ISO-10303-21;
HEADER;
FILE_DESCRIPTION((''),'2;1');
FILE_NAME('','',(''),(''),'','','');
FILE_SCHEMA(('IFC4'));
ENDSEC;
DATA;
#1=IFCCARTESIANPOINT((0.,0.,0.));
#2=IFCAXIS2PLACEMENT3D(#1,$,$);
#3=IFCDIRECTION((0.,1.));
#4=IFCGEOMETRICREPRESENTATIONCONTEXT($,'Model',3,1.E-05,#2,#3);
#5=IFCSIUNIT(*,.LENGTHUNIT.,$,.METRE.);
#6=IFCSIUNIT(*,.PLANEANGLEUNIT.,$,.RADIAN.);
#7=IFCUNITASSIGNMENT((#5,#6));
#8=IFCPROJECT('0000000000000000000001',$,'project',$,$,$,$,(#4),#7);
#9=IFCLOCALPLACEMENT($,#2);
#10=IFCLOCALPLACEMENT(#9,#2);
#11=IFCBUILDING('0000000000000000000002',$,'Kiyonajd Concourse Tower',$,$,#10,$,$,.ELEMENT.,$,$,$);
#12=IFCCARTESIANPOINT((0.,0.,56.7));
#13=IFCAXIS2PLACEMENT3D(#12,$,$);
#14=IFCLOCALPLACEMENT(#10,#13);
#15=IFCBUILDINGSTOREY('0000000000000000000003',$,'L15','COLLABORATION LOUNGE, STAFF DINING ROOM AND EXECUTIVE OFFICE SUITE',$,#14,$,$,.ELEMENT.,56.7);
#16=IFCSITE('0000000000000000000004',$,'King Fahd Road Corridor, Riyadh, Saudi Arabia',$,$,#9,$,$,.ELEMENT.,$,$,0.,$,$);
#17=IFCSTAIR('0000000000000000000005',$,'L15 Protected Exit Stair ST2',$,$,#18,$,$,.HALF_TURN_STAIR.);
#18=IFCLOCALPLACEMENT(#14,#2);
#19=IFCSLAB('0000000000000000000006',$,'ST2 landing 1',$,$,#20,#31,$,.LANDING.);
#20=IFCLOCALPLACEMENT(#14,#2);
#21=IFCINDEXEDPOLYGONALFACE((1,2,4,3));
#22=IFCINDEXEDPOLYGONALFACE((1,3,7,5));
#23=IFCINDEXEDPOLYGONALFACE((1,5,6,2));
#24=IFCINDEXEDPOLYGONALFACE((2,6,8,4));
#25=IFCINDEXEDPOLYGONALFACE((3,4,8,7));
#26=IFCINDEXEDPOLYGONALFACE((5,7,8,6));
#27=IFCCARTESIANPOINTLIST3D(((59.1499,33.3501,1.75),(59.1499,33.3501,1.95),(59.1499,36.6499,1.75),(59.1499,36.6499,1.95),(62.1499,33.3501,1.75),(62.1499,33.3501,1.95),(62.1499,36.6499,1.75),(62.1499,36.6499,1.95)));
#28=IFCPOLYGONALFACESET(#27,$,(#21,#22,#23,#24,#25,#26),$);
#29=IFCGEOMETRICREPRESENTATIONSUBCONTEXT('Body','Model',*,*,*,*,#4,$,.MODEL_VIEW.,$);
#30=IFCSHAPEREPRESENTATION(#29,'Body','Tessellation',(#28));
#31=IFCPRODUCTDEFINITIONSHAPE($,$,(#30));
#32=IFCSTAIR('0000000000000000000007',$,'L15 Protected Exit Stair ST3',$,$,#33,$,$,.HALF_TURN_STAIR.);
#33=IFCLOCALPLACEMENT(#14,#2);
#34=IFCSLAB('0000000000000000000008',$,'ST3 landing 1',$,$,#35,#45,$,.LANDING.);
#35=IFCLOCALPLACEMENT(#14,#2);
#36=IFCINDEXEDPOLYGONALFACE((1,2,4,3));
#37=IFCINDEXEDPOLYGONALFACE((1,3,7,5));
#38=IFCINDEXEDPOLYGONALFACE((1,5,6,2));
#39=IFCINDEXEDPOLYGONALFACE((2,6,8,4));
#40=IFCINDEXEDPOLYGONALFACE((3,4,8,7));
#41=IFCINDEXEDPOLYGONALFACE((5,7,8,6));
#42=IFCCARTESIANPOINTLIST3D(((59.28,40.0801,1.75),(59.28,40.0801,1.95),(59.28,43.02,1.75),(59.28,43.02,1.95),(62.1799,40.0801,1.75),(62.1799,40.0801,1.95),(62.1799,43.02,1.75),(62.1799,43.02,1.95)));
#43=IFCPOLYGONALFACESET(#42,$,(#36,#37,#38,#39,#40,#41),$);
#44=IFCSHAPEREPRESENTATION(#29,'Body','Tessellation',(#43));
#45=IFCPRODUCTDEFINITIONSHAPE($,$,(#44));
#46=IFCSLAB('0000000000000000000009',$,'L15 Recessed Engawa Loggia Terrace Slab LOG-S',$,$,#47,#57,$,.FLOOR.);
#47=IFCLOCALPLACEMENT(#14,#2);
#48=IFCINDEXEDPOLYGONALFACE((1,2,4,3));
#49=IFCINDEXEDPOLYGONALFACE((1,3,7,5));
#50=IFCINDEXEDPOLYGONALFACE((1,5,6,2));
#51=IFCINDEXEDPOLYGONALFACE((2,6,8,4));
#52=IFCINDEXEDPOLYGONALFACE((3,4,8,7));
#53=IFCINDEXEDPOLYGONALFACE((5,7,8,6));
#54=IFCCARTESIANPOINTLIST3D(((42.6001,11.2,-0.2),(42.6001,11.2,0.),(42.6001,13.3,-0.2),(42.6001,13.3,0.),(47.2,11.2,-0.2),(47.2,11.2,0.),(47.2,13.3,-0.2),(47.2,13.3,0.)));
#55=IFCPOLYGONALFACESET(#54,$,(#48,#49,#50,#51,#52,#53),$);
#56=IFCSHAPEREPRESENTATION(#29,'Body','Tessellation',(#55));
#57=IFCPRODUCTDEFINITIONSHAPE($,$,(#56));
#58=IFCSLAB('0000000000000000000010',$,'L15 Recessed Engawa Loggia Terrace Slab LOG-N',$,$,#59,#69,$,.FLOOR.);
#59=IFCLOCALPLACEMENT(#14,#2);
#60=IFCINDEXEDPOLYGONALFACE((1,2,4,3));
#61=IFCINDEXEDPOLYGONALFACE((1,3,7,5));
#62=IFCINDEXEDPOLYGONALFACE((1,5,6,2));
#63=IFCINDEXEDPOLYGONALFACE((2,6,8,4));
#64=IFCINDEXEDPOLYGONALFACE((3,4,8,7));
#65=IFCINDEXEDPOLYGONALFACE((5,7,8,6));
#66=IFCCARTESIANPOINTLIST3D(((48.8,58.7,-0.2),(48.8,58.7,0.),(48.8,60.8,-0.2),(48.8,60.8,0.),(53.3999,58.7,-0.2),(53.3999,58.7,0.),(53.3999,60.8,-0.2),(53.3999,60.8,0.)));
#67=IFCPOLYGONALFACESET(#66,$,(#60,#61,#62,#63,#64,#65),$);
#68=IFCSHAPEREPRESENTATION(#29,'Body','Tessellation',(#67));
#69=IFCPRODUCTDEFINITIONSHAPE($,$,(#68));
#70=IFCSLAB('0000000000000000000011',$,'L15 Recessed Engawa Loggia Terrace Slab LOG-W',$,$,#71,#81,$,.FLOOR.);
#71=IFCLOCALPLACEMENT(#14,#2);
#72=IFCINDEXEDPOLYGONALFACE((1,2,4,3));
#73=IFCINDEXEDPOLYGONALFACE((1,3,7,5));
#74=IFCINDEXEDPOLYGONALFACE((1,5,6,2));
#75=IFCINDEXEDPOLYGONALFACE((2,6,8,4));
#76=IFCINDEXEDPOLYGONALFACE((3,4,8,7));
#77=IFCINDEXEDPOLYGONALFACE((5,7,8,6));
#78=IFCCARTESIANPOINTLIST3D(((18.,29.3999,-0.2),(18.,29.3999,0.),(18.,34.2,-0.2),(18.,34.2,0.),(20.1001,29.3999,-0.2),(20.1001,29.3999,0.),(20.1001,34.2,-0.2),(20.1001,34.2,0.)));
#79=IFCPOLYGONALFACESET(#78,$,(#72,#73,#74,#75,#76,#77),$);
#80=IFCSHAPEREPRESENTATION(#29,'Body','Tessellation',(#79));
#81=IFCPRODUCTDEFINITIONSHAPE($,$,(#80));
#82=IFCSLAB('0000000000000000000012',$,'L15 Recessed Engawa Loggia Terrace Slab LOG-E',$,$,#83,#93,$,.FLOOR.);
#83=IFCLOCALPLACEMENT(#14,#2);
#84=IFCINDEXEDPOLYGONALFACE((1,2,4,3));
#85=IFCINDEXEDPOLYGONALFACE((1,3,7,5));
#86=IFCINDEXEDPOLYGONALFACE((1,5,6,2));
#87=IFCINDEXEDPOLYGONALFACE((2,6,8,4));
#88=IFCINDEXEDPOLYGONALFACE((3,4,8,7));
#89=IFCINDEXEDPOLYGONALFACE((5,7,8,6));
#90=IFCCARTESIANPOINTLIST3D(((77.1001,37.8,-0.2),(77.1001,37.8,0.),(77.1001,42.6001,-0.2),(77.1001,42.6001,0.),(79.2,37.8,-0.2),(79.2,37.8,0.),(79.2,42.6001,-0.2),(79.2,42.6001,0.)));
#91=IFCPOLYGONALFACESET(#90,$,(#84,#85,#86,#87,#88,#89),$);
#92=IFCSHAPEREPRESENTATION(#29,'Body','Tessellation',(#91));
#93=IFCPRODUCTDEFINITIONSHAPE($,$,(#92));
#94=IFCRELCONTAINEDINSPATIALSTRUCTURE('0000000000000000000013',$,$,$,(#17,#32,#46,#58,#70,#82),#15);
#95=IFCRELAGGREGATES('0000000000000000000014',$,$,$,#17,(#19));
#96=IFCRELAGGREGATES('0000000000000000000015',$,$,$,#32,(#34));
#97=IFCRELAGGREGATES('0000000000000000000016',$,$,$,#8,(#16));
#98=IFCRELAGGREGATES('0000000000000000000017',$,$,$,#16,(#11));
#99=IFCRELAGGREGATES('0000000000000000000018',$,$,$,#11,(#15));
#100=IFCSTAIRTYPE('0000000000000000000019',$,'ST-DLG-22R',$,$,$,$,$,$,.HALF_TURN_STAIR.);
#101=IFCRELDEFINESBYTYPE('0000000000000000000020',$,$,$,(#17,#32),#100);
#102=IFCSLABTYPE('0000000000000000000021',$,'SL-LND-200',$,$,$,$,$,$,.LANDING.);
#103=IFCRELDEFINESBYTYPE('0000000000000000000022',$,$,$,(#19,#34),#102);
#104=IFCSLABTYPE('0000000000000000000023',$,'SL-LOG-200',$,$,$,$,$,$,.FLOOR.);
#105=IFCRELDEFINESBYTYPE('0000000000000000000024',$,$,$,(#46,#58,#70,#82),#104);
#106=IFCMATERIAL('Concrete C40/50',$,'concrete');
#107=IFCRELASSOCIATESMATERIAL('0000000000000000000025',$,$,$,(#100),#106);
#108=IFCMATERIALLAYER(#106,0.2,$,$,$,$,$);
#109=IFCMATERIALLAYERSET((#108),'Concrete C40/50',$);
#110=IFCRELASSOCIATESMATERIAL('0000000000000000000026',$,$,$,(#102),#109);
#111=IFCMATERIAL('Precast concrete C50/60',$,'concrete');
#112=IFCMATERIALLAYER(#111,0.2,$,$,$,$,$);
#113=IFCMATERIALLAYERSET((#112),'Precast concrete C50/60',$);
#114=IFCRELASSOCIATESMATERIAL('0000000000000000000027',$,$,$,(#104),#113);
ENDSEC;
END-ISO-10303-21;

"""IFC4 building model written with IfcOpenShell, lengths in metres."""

from ifc_helpers import new_model, si_unit, direction, frame, origin, place, context, subcontext, project, spatial, polyline, outline, extrude, material, layer, layer_set, type_object, element, aggregate, save


model = new_model("IFC4")

# Units and contexts
model_context = context("Model", 3, precision=1e-05, world=origin(), true_north=direction((0.0, 1.0)))
body_context = subcontext(model_context, "Body", "Model", "MODEL_VIEW")
ifc_project = project(units=[si_unit("LENGTHUNIT", "METRE"), si_unit("PLANEANGLEUNIT", "RADIAN")], contexts=[model_context])

# Site, building, storey
site_placement = place(None, origin())
site = spatial("IfcSite", under=ifc_project, at=site_placement, Name="King Fahd Road Corridor, Riyadh, Saudi Arabia", CompositionType="ELEMENT", RefElevation=0.0)
building_placement = place(site_placement, origin())
building = spatial("IfcBuilding", under=site, at=building_placement, Name="Kiyonajd Concourse Tower", CompositionType="ELEMENT")
storey_placement = place(building_placement, frame((0.0, 0.0, 56.7)))
storey = spatial("IfcBuildingStorey", under=building, at=storey_placement, Name="L15", Description="COLLABORATION LOUNGE, STAFF DINING ROOM AND EXECUTIVE OFFICE SUITE", CompositionType="ELEMENT", Elevation=56.7)

# Shared definitions
ifc_material_1 = material(Name="Precast concrete C50/60", Category="concrete")

# Stairs, slabs
ifc_material_2 = material(Name="Concrete C40/50", Category="concrete")
stair_type = type_object("IfcStairType", Name="ST-DLG-22R", PredefinedType="HALF_TURN_STAIR", material=ifc_material_2)
ifc_layer_1 = layer(ifc_material_2, 0.2)
ifc_layer_set_1 = layer_set([ifc_layer_1], Name="Concrete C40/50")
slab_type_1 = type_object("IfcSlabType", Name="SL-LND-200", PredefinedType="LANDING", material=ifc_layer_set_1)
stair_1_placement = place(storey_placement, origin())
stair_1 = element("IfcStair", 1, at=stair_1_placement, inside=storey, type_object=stair_type, Name="L15 Protected Exit Stair ST2", PredefinedType="HALF_TURN_STAIR")
slab_1_placement = place(storey_placement, frame((0.0, 0.0, 1.75)))
slab_1 = element("IfcSlab", 2, at=slab_1_placement, type_object=slab_type_1, Name="ST2 landing 1", PredefinedType="LANDING", context=body_context, shape_type="SweptSolid", body=[
    extrude(outline(polyline([(62.1499, 33.3501), (62.1499, 36.6499), (59.1499, 36.6499), (59.1499, 33.3501), (62.1499, 33.3501)])), origin(), (0.0, 0.0, 1.0), 0.2),
])
aggregate(stair_1, [slab_1])
stair_2_placement = place(storey_placement, origin())
stair_2 = element("IfcStair", 3, at=stair_2_placement, inside=storey, type_object=stair_type, Name="L15 Protected Exit Stair ST3", PredefinedType="HALF_TURN_STAIR")
slab_2_placement = place(storey_placement, frame((0.0, 0.0, 1.75)))
slab_2 = element("IfcSlab", 4, at=slab_2_placement, type_object=slab_type_1, Name="ST3 landing 1", PredefinedType="LANDING", context=body_context, shape_type="SweptSolid", body=[
    extrude(outline(polyline([(59.28, 40.0801), (62.1799, 40.0801), (62.1799, 43.02), (59.28, 43.02), (59.28, 40.0801)])), origin(), (0.0, 0.0, 1.0), 0.2),
])
aggregate(stair_2, [slab_2])

# Slabs
ifc_layer_2 = layer(ifc_material_1, 0.2)
ifc_layer_set_2 = layer_set([ifc_layer_2], Name="Precast concrete C50/60")
slab_type_2 = type_object("IfcSlabType", Name="SL-LOG-200", PredefinedType="FLOOR", material=ifc_layer_set_2)
slab_3_placement = place(storey_placement, frame((0.0, 0.0, -0.2)))
element("IfcSlab", 5, at=slab_3_placement, inside=storey, type_object=slab_type_2, Name="L15 Recessed Engawa Loggia Terrace Slab LOG-S", PredefinedType="FLOOR", context=body_context, shape_type="SweptSolid", body=[
    extrude(outline(polyline([(42.6001, 11.2), (47.2, 11.2), (47.2, 13.3), (42.6001, 13.3), (42.6001, 11.2)])), origin(), (0.0, 0.0, 1.0), 0.2),
])
slab_4_placement = place(storey_placement, frame((0.0, 0.0, -0.2)))
element("IfcSlab", 6, at=slab_4_placement, inside=storey, type_object=slab_type_2, Name="L15 Recessed Engawa Loggia Terrace Slab LOG-N", PredefinedType="FLOOR", context=body_context, shape_type="SweptSolid", body=[
    extrude(outline(polyline([(48.8, 58.7), (53.3999, 58.7), (53.3999, 60.8), (48.8, 60.8), (48.8, 58.7)])), origin(), (0.0, 0.0, 1.0), 0.2),
])
slab_5_placement = place(storey_placement, frame((0.0, 0.0, -0.2)))
element("IfcSlab", 7, at=slab_5_placement, inside=storey, type_object=slab_type_2, Name="L15 Recessed Engawa Loggia Terrace Slab LOG-W", PredefinedType="FLOOR", context=body_context, shape_type="SweptSolid", body=[
    extrude(outline(polyline([(18.0, 29.3999), (20.1001, 29.3999), (20.1001, 34.2), (18.0, 34.2), (18.0, 29.3999)])), origin(), (0.0, 0.0, 1.0), 0.2),
])
slab_6_placement = place(storey_placement, frame((0.0, 0.0, -0.2)))
element("IfcSlab", 8, at=slab_6_placement, inside=storey, type_object=slab_type_2, Name="L15 Recessed Engawa Loggia Terrace Slab LOG-E", PredefinedType="FLOOR", context=body_context, shape_type="SweptSolid", body=[
    extrude(outline(polyline([(77.1001, 37.8), (79.2, 37.8), (79.2, 42.6001), (77.1001, 42.6001), (77.1001, 37.8)])), origin(), (0.0, 0.0, 1.0), 0.2),
])

save(model, "model.ifc")
